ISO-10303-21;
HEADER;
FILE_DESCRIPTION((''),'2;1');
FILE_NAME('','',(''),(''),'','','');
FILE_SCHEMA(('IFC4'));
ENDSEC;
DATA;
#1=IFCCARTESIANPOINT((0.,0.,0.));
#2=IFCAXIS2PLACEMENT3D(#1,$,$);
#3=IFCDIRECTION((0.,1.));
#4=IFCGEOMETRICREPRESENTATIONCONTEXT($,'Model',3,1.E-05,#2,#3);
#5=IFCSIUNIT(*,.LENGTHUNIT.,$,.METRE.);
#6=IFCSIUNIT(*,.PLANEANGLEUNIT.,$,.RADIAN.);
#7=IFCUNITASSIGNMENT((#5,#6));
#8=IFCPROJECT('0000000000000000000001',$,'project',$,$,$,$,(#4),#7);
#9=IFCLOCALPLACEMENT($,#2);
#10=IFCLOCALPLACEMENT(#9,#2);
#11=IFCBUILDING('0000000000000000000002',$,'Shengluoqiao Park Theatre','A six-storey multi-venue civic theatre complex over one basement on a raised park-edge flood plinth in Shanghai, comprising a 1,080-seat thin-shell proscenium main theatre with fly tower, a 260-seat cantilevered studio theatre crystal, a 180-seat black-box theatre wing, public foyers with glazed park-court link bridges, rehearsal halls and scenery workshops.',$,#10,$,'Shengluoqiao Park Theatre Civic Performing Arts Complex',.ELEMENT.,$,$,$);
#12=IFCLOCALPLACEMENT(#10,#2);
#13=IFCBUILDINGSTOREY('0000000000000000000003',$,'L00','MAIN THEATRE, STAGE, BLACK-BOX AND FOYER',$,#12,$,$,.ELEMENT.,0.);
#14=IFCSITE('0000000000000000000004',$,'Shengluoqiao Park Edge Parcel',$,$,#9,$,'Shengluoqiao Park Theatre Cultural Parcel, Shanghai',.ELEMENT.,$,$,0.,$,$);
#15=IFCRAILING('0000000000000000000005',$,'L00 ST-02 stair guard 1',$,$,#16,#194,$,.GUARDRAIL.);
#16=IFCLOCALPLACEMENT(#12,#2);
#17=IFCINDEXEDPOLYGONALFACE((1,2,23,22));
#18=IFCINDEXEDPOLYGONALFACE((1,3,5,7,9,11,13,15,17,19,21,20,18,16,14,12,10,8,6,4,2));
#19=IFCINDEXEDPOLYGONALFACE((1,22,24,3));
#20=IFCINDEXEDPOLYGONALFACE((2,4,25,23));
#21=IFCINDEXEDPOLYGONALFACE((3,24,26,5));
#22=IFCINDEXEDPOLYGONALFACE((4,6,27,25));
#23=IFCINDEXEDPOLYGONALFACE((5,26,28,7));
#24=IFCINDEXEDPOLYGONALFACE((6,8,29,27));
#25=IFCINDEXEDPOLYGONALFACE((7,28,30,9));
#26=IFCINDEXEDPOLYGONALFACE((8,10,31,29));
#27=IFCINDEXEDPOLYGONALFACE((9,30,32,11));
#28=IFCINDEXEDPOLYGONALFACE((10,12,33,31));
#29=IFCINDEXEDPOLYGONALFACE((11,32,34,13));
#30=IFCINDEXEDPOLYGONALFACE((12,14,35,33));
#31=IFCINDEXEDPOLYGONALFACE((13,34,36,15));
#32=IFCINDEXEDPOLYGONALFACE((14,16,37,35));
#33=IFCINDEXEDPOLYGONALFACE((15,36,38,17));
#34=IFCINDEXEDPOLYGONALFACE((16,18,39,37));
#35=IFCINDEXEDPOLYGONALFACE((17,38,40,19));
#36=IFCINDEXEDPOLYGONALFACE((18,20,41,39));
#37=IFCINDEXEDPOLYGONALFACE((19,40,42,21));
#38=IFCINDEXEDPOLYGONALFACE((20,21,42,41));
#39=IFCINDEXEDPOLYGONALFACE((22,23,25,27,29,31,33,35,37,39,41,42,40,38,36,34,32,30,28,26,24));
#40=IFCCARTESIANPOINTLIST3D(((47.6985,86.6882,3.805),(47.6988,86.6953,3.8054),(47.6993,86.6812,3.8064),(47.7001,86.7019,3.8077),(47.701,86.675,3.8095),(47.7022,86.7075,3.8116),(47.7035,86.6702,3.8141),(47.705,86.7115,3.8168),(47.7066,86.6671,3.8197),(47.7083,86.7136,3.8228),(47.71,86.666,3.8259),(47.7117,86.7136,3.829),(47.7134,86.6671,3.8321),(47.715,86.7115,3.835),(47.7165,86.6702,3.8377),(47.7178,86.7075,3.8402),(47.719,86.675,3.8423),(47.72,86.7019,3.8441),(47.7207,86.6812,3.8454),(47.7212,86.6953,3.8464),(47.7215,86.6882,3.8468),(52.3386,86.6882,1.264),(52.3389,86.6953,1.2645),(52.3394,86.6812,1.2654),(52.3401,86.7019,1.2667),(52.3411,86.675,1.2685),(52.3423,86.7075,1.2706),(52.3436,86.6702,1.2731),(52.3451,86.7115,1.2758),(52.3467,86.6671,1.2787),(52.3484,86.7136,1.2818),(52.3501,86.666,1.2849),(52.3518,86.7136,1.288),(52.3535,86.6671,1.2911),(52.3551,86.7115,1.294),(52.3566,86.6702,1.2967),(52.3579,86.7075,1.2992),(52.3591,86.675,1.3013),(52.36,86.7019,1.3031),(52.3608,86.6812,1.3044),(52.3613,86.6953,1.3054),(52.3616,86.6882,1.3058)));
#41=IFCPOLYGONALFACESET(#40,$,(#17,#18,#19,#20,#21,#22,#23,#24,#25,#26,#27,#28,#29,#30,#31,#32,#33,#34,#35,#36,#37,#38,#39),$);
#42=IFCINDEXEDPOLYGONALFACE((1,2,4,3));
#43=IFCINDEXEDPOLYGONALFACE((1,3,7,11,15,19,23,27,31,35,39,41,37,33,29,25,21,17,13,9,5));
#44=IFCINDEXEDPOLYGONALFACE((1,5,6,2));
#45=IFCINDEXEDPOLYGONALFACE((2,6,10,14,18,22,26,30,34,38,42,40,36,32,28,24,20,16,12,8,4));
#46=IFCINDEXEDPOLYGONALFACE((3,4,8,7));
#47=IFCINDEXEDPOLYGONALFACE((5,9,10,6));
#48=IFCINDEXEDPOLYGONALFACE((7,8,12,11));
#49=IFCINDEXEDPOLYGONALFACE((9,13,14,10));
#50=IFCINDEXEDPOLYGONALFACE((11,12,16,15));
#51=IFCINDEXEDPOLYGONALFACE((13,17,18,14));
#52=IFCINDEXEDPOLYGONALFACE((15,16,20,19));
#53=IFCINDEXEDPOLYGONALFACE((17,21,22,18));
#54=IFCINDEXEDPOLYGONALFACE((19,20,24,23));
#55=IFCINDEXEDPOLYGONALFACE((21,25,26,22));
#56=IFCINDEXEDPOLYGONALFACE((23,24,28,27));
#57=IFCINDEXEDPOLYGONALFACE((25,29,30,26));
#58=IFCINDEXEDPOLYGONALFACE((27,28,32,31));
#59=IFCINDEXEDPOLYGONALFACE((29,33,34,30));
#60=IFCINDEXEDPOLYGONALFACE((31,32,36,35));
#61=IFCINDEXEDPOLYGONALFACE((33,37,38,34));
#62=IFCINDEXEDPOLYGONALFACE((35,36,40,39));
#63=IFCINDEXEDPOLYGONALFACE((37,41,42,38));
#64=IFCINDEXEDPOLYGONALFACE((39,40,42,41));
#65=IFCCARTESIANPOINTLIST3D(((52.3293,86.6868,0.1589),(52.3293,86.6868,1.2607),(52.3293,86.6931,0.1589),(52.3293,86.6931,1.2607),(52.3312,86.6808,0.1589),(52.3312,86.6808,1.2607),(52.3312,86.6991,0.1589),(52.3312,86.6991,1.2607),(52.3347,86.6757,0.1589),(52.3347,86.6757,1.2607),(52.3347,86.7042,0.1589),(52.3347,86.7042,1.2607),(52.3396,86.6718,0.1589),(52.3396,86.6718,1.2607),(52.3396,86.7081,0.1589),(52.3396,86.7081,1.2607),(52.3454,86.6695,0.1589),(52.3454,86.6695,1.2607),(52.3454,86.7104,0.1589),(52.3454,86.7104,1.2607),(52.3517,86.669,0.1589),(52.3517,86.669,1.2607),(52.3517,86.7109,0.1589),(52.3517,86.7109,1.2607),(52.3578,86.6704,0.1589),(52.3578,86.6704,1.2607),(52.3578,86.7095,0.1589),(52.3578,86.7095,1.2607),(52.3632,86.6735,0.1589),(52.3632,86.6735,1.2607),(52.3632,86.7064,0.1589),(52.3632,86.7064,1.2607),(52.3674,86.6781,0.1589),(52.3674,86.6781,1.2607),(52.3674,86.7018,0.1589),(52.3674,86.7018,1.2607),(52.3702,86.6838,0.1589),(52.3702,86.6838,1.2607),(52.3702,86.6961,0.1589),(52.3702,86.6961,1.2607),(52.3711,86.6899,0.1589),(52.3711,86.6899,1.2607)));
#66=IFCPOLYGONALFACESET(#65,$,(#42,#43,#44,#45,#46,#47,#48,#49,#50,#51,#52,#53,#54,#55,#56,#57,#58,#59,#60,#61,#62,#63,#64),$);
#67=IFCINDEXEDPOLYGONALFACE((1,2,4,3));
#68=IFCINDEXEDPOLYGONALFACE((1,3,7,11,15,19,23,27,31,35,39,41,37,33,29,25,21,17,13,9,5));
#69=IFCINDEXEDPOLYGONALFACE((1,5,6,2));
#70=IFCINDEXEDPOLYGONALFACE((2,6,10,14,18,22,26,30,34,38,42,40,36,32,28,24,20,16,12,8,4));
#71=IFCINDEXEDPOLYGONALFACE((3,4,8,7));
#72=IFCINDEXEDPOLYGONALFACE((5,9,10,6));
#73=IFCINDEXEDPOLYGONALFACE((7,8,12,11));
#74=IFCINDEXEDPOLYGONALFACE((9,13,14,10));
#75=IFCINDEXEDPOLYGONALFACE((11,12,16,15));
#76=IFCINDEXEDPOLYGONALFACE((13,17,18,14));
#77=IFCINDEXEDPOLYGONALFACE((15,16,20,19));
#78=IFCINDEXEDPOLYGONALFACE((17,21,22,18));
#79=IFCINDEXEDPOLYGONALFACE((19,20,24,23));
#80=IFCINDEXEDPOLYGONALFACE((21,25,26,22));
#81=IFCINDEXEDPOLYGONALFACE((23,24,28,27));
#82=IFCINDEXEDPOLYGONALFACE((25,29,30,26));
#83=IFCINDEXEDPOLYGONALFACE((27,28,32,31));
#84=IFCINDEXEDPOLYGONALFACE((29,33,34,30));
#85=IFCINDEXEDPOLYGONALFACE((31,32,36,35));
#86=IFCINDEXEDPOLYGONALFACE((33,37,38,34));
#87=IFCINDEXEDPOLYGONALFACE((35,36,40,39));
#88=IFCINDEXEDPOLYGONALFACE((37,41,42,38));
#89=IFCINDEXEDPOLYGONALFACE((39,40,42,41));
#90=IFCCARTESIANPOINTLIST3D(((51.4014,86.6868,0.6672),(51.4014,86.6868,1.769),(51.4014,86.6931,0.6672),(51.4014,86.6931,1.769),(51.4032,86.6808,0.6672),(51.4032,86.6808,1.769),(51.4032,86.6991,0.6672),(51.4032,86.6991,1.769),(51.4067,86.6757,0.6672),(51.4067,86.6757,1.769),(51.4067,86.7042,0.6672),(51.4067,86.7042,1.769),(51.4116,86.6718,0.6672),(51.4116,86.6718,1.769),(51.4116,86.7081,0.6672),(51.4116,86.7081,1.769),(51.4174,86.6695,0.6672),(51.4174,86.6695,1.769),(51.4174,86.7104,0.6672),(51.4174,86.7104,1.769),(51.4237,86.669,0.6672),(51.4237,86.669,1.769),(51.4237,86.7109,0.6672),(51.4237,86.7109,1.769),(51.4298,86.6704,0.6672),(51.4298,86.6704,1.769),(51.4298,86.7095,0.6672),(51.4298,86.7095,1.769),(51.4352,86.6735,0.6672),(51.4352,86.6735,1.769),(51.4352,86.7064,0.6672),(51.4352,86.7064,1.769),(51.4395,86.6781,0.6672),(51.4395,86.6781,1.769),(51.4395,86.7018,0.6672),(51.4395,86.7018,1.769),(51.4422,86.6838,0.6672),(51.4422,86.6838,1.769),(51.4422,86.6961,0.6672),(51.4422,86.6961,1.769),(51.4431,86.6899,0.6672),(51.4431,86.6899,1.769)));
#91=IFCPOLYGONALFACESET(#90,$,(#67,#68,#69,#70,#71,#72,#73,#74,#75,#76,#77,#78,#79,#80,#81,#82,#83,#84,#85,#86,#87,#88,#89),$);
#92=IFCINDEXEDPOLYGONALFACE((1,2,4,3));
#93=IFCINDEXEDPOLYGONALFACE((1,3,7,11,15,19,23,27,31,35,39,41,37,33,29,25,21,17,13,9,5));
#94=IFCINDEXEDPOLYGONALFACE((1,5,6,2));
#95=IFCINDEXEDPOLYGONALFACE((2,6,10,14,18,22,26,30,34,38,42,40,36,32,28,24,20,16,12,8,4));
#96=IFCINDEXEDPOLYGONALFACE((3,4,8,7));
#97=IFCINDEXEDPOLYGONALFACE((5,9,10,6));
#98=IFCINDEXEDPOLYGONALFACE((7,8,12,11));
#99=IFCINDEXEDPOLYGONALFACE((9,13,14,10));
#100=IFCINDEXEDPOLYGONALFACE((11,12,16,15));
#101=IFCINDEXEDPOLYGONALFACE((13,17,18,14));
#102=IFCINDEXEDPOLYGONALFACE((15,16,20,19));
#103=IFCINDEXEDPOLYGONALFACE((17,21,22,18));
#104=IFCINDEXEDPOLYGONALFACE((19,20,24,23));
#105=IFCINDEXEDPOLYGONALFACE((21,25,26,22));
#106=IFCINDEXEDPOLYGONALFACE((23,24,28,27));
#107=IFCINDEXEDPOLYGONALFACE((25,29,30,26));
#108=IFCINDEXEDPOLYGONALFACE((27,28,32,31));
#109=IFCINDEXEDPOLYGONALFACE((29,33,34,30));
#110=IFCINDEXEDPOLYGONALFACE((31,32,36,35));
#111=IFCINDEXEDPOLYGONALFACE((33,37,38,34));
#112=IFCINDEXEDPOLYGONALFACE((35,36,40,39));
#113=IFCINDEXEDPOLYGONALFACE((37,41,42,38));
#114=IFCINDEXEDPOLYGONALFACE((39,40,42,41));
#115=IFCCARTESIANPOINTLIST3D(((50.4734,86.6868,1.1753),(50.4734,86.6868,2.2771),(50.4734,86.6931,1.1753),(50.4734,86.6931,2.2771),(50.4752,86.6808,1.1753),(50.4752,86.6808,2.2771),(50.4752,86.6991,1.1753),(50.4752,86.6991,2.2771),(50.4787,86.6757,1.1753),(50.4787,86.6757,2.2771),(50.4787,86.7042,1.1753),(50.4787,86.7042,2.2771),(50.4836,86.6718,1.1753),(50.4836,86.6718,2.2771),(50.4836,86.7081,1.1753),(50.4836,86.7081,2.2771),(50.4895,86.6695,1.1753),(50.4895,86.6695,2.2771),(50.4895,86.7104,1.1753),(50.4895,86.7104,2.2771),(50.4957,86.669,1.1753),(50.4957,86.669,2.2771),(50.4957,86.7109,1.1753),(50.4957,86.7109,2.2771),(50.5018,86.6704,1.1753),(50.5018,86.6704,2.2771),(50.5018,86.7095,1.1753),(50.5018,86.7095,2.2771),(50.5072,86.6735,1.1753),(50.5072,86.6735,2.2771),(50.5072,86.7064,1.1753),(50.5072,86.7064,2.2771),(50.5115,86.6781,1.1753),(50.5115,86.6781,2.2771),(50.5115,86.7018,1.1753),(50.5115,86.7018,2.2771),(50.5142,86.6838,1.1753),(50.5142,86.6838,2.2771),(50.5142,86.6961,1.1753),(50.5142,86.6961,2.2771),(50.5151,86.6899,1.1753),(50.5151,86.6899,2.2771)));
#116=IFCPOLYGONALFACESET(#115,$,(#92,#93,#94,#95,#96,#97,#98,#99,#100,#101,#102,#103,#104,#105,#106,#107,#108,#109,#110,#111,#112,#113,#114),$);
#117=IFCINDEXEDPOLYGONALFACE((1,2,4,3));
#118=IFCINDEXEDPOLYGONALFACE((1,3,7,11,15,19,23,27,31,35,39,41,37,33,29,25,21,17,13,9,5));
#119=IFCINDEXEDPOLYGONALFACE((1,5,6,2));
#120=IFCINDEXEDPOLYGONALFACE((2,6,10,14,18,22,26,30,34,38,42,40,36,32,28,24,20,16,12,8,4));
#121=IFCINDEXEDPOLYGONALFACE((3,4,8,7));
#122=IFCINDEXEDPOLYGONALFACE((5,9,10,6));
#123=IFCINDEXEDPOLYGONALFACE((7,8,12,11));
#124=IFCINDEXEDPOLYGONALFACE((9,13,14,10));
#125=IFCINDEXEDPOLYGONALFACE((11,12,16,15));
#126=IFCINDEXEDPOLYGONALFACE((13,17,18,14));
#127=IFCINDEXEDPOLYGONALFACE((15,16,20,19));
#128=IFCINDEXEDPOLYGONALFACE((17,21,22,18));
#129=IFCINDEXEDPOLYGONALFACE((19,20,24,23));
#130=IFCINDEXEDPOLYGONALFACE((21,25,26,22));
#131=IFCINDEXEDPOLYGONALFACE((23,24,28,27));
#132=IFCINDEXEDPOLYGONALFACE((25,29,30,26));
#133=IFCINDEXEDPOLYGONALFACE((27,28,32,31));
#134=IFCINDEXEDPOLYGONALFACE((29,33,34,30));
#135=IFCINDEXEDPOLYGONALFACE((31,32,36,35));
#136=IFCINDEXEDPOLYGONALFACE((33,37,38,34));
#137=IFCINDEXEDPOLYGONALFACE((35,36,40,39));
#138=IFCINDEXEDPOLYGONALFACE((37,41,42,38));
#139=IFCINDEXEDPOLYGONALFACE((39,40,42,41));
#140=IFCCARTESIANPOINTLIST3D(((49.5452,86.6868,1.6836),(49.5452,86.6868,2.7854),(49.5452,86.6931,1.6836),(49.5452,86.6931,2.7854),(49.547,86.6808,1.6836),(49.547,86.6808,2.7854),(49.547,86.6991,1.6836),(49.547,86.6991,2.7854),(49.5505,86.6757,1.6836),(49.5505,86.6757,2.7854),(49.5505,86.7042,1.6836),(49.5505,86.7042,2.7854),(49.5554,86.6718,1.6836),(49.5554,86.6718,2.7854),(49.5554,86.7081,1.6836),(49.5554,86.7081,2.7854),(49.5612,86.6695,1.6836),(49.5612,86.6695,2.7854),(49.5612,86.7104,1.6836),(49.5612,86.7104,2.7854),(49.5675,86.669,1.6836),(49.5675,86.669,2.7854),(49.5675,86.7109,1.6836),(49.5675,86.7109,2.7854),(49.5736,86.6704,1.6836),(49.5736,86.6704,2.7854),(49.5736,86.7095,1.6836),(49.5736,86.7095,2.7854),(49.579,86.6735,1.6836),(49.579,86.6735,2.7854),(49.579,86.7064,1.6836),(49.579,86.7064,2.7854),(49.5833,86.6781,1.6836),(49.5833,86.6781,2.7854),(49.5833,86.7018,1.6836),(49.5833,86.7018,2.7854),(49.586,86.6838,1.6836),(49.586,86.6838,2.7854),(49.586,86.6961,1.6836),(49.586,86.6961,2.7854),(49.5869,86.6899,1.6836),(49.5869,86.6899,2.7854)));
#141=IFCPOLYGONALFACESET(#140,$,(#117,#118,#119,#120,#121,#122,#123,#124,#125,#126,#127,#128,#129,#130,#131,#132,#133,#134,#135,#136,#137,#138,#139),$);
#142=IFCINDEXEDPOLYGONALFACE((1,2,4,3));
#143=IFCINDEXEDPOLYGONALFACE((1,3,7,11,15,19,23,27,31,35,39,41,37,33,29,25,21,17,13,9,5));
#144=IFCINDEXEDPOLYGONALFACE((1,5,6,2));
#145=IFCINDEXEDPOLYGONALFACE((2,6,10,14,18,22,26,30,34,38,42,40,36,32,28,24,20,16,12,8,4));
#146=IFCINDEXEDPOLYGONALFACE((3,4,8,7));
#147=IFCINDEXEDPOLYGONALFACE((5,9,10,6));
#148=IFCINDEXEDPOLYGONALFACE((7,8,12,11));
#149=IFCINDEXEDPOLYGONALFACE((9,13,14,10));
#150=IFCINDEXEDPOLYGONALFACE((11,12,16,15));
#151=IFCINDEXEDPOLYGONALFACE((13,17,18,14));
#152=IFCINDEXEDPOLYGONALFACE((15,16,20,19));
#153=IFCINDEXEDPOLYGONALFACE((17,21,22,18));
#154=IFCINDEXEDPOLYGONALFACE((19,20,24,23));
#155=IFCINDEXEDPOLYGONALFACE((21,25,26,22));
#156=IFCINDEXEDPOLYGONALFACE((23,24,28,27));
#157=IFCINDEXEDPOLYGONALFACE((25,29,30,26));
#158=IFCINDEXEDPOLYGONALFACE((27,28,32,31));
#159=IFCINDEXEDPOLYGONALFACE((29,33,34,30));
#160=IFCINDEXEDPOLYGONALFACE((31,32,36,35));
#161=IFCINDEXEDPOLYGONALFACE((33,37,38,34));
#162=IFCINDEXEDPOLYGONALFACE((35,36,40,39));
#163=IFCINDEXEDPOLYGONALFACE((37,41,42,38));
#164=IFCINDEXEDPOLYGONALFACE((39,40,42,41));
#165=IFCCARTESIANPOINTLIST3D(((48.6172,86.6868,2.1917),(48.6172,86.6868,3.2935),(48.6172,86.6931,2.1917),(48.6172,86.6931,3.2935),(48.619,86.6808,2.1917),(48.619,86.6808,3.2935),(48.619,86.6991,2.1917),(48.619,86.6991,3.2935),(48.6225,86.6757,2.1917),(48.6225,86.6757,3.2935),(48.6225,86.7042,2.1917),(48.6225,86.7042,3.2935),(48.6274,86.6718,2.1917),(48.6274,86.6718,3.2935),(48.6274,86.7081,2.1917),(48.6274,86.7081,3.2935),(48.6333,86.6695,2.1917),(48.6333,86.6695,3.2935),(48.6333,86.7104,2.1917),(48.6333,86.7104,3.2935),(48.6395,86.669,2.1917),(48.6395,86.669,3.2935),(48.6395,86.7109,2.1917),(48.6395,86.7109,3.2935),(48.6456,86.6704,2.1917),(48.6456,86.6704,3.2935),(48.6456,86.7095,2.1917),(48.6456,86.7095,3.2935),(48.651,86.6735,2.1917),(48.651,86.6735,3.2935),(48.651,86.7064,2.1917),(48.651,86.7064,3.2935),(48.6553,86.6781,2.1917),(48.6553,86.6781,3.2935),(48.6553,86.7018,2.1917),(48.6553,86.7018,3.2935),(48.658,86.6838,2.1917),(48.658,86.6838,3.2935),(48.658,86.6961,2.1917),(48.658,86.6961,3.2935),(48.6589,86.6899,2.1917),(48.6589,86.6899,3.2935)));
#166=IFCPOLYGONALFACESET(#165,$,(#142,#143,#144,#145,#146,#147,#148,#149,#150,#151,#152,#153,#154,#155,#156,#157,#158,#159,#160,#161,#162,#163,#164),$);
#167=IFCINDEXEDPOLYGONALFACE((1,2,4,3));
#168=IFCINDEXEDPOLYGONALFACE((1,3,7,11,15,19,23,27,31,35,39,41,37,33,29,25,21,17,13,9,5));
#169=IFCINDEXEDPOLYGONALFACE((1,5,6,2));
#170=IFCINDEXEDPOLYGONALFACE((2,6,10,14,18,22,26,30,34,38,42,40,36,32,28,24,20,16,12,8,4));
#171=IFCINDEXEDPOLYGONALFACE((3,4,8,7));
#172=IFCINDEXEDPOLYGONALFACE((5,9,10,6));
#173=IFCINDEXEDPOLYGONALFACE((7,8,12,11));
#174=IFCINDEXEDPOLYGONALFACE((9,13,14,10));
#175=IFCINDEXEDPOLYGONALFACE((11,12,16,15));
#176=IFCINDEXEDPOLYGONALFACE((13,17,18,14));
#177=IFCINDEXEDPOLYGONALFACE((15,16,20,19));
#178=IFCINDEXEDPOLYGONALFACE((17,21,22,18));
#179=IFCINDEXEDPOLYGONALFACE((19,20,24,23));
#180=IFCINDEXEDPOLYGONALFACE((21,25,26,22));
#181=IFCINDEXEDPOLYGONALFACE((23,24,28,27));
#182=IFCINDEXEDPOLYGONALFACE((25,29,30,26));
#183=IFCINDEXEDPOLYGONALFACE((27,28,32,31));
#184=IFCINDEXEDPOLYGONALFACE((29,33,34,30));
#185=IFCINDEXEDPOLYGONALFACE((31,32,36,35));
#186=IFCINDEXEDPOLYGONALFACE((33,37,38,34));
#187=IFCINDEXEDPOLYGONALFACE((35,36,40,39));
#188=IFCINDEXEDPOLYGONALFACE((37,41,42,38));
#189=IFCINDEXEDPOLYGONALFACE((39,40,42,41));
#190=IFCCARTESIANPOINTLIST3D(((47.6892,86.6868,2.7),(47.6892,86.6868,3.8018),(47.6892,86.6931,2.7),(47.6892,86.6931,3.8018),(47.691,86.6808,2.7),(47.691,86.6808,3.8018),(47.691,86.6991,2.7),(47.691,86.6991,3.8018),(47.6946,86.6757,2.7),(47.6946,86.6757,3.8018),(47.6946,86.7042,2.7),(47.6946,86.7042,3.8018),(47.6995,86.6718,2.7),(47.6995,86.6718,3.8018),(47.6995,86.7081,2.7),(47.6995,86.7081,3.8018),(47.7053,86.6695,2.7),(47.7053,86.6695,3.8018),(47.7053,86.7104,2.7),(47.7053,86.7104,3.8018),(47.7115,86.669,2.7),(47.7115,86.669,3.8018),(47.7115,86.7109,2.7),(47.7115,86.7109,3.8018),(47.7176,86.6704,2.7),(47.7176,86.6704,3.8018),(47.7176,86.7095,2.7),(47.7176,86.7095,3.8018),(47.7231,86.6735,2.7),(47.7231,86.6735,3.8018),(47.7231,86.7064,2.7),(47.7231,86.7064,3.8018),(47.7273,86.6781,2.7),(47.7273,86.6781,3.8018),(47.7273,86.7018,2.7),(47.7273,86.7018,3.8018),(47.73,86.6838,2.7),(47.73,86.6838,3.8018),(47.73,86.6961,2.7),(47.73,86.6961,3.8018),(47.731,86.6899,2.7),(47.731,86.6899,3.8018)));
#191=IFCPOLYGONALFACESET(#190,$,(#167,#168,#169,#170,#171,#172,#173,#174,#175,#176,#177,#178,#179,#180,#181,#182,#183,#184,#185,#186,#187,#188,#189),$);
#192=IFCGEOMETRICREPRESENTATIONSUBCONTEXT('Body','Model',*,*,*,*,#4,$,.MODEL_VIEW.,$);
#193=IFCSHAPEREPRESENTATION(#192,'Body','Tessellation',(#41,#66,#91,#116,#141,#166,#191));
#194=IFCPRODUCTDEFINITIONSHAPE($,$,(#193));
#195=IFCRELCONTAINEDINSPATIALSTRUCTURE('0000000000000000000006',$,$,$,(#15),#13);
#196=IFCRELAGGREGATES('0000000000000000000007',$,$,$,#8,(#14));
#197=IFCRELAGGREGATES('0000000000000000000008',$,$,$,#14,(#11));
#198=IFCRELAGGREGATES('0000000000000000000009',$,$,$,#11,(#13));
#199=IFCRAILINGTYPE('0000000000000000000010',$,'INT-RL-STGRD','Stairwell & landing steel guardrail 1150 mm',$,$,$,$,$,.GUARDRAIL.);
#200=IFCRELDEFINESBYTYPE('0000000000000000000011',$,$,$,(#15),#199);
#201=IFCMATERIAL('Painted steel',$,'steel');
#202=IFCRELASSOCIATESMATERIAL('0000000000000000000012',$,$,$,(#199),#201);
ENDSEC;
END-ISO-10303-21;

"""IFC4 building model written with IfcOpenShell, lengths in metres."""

from ifc_helpers import new_model, si_unit, direction, frame, origin, origin_2d, place, context, subcontext, project, spatial, circle, extrude, material, type_object, element, save


model = new_model("IFC4")

# Units and contexts
model_context = context("Model", 3, precision=1e-05, world=origin(), true_north=direction((0.0, 1.0)))
body_context = subcontext(model_context, "Body", "Model", "MODEL_VIEW")
ifc_project = project(units=[si_unit("LENGTHUNIT", "METRE"), si_unit("PLANEANGLEUNIT", "RADIAN")], contexts=[model_context])

# Site, building, storey
site_placement = place(None, origin())
site = spatial("IfcSite", under=ifc_project, at=site_placement, Name="Shengluoqiao Park Edge Parcel", LongName="Shengluoqiao Park Theatre Cultural Parcel, Shanghai", CompositionType="ELEMENT", RefElevation=0.0)
building_placement = place(site_placement, origin())
building = spatial("IfcBuilding", under=site, at=building_placement, Name="Shengluoqiao Park Theatre", Description="A six-storey multi-venue civic theatre complex over one basement on a raised park-edge flood plinth in Shanghai, comprising a 1,080-seat thin-shell proscenium main theatre with fly tower, a 260-seat cantilevered studio theatre crystal, a 180-seat black-box theatre wing, public foyers with glazed park-court link bridges, rehearsal halls and scenery workshops.", LongName="Shengluoqiao Park Theatre Civic Performing Arts Complex", CompositionType="ELEMENT")
storey_placement = place(building_placement, origin())
storey = spatial("IfcBuildingStorey", under=building, at=storey_placement, Name="L00", Description="MAIN THEATRE, STAGE, BLACK-BOX AND FOYER", CompositionType="ELEMENT", Elevation=0.0)

# Railing
ifc_material_1 = material(Name="Painted steel", Category="steel")
railing_type_1 = type_object("IfcRailingType", Name="INT-RL-STGRD", Description="Stairwell & landing steel guardrail 1150 mm", PredefinedType="GUARDRAIL", material=ifc_material_1)
railing_1_placement = place(storey_placement, frame((52.3501, 86.6899, 0.1589)))
element("IfcRailing", 1, at=railing_1_placement, inside=storey, type_object=railing_type_1, Name="L00 ST-02 stair guard 1", PredefinedType="GUARDRAIL", context=body_context, shape_type="SweptSolid", body=[
    extrude(circle(Radius=0.0239, at=origin_2d()), frame((0.0, 0.0, 1.126), z_axis=(-0.877097, 0.0, 0.480313), x_axis=(0.0, -1.0, 0.0)), (0.0, 0.0, 1.0), 5.2903),
    extrude(circle(Radius=0.021, at=origin_2d()), origin(), (0.0, 0.0, 1.0), 1.1018),
    extrude(circle(Radius=0.021, at=origin_2d()), frame((-0.928, 0.0, 0.5083)), (0.0, 0.0, 1.0), 1.1018),
    extrude(circle(Radius=0.021, at=origin_2d()), frame((-1.856, 0.0, 1.0164)), (0.0, 0.0, 1.0), 1.1018),
    extrude(circle(Radius=0.021, at=origin_2d()), frame((-2.7842, 0.0, 1.5247)), (0.0, 0.0, 1.0), 1.1018),
    extrude(circle(Radius=0.021, at=origin_2d()), frame((-3.7122, 0.0, 2.0327)), (0.0, 0.0, 1.0), 1.1018),
    extrude(circle(Radius=0.021, at=origin_2d()), frame((-4.6401, 0.0, 2.541)), (0.0, 0.0, 1.0), 1.1018),
])

save(model, "model.ifc")
